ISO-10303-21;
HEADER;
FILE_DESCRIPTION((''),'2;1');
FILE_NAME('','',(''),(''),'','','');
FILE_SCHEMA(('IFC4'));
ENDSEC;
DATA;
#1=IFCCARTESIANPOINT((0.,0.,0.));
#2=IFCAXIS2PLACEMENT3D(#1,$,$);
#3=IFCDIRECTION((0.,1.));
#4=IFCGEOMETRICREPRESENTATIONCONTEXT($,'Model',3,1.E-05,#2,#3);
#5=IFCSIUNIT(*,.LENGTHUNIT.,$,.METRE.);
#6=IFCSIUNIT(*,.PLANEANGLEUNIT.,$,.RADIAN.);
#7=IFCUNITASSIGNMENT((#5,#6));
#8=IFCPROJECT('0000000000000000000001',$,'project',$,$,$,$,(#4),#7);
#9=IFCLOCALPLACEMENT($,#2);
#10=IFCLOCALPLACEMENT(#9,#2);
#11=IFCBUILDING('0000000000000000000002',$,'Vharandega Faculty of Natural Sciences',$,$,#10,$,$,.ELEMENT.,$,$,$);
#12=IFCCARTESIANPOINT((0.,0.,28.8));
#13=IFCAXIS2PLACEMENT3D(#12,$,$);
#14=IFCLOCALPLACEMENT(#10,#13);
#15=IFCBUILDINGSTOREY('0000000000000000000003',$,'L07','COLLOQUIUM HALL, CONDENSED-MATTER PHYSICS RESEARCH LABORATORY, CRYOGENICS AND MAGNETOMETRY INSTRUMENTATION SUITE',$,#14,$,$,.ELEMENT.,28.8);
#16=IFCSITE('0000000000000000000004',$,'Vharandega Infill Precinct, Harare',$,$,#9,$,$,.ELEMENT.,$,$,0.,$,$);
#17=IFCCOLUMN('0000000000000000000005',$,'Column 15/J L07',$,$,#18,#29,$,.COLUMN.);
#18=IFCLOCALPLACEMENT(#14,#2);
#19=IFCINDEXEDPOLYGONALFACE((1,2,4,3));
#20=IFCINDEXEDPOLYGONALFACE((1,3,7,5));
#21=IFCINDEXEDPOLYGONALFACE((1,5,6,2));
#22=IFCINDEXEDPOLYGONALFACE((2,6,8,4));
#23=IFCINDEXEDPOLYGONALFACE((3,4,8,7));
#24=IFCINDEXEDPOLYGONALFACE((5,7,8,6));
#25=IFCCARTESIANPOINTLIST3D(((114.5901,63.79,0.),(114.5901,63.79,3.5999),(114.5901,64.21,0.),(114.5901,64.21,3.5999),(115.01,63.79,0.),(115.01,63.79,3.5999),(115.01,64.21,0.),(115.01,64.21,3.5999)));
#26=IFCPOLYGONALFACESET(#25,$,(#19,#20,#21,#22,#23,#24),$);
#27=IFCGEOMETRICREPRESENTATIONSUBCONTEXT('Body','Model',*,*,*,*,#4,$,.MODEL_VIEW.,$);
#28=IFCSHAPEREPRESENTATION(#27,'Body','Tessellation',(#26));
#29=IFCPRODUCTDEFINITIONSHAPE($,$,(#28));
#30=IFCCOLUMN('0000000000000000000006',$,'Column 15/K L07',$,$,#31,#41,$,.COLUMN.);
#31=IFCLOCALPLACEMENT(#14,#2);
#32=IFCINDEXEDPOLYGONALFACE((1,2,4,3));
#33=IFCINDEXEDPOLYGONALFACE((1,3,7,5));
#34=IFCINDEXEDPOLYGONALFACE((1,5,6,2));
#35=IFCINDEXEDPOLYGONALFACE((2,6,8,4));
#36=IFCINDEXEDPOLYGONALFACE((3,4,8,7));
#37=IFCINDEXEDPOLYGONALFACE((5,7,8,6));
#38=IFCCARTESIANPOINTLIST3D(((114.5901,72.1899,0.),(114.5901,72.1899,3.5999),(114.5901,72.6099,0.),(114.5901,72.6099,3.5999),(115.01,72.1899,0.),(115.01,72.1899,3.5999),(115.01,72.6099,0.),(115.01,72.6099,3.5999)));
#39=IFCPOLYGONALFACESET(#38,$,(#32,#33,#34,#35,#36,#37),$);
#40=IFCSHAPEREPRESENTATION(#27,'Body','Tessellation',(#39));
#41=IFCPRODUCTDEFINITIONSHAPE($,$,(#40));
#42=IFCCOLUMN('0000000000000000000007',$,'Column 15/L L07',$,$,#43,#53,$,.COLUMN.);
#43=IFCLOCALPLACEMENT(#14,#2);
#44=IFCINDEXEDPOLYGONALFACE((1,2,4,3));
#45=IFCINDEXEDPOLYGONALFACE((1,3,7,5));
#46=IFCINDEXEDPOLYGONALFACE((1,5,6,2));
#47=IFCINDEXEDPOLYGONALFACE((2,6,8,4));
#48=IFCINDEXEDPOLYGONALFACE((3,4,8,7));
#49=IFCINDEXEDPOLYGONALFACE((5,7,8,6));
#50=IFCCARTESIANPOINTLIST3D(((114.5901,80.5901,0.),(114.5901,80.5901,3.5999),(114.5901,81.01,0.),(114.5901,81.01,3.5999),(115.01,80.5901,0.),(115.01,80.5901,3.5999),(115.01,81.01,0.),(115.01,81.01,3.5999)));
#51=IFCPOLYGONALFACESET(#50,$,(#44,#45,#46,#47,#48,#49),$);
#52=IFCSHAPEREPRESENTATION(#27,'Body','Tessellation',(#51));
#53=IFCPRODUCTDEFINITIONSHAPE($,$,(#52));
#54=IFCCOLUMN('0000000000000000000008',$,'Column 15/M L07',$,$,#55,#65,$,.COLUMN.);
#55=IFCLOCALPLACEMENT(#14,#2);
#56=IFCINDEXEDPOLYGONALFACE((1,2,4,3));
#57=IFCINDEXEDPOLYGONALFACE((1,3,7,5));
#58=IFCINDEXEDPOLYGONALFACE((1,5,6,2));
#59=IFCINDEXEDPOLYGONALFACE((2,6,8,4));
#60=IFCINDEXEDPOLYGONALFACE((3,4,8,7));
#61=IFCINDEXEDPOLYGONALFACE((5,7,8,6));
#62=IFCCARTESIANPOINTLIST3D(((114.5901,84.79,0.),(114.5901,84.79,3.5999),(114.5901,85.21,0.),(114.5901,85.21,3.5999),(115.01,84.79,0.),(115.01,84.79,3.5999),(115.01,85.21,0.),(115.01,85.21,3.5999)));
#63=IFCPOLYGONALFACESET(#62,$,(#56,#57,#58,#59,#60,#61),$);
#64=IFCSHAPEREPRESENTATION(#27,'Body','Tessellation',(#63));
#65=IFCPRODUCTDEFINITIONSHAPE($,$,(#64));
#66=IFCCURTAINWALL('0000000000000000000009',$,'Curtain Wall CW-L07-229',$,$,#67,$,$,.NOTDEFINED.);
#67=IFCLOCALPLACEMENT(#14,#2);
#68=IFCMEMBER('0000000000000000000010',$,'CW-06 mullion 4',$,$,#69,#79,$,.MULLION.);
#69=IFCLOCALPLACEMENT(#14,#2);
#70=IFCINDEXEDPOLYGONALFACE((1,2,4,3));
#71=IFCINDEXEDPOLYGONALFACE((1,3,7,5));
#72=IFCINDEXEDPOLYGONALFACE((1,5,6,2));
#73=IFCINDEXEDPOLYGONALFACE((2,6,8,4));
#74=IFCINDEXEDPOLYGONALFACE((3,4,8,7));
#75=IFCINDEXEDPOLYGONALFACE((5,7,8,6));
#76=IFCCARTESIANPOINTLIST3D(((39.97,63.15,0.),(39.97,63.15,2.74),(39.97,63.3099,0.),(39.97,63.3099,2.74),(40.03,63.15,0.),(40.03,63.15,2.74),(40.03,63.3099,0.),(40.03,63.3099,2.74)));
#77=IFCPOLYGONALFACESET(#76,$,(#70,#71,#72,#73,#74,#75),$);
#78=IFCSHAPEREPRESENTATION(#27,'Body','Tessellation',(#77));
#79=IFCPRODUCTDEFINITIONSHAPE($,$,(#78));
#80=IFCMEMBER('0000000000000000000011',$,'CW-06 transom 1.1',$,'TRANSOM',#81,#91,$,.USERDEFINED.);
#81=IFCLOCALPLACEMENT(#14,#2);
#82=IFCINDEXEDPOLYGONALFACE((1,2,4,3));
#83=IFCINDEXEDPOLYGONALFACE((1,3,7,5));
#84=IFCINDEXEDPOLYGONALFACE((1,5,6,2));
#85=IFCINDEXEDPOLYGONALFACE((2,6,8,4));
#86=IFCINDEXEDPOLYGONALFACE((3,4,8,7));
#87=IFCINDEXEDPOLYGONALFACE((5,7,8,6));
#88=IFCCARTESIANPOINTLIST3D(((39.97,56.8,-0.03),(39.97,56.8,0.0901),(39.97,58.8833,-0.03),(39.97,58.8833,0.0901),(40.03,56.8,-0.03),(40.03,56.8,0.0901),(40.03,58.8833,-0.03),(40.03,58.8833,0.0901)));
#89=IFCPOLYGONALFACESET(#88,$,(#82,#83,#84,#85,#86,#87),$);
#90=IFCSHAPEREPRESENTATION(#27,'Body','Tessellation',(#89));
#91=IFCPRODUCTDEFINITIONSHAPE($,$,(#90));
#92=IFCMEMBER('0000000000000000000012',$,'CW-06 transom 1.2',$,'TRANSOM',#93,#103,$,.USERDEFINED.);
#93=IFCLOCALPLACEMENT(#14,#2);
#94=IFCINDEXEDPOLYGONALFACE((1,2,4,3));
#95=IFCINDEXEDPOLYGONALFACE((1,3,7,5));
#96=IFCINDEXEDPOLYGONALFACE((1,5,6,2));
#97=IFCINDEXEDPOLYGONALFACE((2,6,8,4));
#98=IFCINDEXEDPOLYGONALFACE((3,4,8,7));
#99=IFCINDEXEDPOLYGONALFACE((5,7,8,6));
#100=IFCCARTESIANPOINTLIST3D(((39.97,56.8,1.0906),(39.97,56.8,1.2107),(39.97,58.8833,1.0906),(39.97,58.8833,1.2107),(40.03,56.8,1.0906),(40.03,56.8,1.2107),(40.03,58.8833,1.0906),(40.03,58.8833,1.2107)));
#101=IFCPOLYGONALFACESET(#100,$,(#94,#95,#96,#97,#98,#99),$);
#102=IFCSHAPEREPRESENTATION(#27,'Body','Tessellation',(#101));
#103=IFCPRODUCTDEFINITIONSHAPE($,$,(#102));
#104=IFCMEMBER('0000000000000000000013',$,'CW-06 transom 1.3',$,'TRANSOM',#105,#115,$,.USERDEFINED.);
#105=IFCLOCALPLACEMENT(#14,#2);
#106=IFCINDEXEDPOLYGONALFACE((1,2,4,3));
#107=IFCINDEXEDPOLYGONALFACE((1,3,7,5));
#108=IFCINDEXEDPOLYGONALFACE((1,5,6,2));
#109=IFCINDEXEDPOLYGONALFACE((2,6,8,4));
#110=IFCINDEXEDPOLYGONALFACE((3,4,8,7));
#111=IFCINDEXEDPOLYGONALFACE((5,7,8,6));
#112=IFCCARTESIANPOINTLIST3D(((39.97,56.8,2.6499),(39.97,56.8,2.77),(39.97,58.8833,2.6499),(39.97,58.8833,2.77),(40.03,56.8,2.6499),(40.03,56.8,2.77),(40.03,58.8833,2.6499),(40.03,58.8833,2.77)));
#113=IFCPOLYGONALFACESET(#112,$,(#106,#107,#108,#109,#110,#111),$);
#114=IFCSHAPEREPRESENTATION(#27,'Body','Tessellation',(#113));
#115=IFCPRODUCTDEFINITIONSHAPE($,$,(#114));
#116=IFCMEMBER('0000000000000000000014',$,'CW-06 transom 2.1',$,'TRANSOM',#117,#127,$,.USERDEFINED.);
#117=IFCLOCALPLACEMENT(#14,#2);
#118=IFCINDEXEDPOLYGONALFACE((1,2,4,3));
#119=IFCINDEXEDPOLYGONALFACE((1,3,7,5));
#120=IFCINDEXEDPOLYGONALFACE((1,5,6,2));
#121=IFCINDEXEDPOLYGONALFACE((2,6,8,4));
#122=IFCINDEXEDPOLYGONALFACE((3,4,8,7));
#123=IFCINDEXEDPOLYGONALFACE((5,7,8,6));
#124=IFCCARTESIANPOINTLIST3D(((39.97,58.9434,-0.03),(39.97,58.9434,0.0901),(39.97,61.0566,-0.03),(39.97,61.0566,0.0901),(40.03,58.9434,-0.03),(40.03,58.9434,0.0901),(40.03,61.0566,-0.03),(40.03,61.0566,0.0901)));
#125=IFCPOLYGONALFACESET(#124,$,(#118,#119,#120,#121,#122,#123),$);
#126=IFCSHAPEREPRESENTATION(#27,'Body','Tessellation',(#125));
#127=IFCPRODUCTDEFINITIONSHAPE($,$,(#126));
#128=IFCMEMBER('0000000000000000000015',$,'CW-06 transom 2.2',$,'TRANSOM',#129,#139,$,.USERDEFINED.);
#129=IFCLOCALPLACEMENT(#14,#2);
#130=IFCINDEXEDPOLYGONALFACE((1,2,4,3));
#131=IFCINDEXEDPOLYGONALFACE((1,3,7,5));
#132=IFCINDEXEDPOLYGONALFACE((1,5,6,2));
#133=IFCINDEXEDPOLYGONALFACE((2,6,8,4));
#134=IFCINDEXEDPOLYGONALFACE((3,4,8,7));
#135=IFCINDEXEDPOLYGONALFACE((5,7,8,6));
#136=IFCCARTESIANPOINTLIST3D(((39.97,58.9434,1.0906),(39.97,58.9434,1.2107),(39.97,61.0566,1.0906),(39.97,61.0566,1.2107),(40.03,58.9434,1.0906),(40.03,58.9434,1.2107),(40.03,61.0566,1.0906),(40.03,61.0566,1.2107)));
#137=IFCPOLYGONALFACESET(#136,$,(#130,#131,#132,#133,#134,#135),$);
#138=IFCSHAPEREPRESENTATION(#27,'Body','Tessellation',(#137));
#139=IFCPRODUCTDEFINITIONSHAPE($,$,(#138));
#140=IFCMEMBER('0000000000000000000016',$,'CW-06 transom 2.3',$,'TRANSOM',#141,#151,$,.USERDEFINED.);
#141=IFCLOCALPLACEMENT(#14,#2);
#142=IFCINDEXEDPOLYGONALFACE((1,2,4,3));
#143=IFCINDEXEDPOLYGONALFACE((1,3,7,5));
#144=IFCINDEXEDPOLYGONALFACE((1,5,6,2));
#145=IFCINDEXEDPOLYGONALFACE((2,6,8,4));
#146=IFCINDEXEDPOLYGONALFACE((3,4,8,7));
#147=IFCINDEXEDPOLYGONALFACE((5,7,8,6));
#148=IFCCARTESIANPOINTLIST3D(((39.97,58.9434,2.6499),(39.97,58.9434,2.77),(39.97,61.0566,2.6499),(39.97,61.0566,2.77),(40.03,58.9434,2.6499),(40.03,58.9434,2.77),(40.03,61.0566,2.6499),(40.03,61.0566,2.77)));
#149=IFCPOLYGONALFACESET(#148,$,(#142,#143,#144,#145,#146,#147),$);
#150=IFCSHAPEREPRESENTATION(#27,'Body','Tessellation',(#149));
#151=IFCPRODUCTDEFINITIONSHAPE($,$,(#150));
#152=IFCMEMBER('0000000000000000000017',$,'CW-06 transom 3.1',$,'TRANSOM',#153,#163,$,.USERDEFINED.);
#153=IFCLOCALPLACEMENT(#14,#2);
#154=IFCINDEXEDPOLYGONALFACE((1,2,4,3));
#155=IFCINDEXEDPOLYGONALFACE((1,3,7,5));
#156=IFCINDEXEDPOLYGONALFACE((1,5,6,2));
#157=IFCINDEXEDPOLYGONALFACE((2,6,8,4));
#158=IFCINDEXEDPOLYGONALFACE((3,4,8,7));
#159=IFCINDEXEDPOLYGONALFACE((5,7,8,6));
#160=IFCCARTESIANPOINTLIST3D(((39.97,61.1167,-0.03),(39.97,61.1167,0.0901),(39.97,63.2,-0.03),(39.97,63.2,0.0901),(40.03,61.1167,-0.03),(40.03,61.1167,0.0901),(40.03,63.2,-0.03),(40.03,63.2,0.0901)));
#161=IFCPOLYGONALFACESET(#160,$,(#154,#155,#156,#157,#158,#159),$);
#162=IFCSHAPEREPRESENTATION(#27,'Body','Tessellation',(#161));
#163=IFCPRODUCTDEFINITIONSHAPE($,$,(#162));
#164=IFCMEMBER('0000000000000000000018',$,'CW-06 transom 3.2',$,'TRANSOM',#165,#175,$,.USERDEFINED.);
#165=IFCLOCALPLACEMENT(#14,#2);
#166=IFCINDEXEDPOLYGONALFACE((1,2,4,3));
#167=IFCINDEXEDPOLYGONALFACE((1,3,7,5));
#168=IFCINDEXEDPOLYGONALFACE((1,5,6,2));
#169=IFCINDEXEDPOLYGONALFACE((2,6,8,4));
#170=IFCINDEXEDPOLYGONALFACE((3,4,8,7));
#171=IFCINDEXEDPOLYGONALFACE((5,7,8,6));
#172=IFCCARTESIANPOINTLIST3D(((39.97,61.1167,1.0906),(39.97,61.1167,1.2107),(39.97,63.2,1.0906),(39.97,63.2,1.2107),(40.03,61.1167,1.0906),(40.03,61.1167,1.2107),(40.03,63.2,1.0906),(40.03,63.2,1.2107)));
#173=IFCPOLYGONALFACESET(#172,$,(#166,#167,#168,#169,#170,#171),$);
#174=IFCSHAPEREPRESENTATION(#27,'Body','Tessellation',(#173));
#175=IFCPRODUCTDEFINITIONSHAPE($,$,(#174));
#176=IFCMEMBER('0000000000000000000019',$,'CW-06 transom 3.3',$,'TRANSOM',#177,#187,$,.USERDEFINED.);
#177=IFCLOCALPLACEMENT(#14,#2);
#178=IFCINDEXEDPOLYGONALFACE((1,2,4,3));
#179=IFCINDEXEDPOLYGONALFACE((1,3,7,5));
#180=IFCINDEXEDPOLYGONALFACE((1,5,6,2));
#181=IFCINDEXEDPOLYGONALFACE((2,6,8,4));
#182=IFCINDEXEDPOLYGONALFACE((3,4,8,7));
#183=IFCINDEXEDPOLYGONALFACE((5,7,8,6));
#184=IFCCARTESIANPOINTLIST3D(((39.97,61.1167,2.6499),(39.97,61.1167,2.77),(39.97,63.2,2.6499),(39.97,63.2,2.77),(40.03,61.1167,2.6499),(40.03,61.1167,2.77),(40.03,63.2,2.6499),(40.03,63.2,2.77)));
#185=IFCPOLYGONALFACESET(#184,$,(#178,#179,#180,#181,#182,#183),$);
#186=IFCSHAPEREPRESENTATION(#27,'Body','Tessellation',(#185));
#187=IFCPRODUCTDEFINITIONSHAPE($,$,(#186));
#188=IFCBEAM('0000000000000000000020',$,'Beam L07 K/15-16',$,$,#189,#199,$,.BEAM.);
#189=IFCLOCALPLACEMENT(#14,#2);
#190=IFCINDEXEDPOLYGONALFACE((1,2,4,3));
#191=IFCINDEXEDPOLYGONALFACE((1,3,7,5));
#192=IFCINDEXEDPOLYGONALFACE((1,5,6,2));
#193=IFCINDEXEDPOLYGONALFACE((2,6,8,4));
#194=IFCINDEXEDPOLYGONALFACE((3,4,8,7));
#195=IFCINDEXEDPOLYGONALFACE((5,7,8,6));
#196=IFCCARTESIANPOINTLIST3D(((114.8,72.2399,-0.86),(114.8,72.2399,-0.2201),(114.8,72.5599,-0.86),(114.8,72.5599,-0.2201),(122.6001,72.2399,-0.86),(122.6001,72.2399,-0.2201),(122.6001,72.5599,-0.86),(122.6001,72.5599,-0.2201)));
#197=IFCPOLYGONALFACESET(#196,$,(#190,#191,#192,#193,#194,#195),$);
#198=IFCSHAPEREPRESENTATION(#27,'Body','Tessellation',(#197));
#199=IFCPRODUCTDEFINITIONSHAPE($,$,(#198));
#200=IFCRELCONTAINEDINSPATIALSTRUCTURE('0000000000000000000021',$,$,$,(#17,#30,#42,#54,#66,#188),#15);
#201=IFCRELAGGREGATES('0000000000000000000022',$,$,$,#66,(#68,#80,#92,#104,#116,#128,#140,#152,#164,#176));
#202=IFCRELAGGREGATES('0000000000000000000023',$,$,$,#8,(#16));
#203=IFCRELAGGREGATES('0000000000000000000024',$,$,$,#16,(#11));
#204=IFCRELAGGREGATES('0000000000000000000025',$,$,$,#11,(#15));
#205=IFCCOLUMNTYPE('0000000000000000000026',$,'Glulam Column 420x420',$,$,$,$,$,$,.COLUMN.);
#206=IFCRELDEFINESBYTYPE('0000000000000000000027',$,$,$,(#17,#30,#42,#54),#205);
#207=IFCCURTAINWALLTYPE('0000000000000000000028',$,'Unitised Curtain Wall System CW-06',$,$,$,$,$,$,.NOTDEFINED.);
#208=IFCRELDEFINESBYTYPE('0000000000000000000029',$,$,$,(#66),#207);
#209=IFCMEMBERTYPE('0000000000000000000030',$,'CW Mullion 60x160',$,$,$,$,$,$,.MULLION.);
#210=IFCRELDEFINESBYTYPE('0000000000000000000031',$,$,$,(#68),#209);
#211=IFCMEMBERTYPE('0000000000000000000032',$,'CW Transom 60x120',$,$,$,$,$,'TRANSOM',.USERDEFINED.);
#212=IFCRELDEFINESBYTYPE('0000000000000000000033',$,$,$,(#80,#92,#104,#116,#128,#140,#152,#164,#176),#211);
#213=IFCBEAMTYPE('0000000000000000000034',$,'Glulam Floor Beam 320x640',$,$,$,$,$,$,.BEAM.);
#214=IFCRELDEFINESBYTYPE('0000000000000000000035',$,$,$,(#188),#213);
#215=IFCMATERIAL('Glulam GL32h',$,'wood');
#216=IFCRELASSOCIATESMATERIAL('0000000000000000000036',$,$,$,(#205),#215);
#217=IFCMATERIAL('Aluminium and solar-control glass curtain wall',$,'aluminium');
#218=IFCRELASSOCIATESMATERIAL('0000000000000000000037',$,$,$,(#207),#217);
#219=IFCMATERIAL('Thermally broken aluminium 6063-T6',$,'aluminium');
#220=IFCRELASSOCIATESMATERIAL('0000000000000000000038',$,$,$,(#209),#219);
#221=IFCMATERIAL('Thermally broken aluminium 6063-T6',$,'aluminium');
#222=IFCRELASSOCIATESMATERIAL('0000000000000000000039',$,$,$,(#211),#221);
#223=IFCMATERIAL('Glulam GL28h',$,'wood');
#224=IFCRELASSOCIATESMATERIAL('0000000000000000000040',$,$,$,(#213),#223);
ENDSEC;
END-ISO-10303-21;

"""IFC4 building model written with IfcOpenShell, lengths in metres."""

from ifc_helpers import new_model, si_unit, direction, frame, origin, origin_2d, place, context, subcontext, project, spatial, rectangle, extrude, material, material_profile, profile_set, type_object, element, aggregate, save


model = new_model("IFC4")

# Units and contexts
model_context = context("Model", 3, precision=1e-05, world=origin(), true_north=direction((0.0, 1.0)))
body_context = subcontext(model_context, "Body", "Model", "MODEL_VIEW")
ifc_project = project(units=[si_unit("LENGTHUNIT", "METRE"), si_unit("PLANEANGLEUNIT", "RADIAN")], contexts=[model_context])

# Site, building, storey
site_placement = place(None, origin())
site = spatial("IfcSite", under=ifc_project, at=site_placement, Name="Vharandega Infill Precinct, Harare", CompositionType="ELEMENT", RefElevation=0.0)
building_placement = place(site_placement, origin())
building = spatial("IfcBuilding", under=site, at=building_placement, Name="Vharandega Faculty of Natural Sciences", CompositionType="ELEMENT")
storey_placement = place(building_placement, frame((0.0, 0.0, 28.8)))
storey = spatial("IfcBuildingStorey", under=building, at=storey_placement, Name="L07", Description="COLLOQUIUM HALL, CONDENSED-MATTER PHYSICS RESEARCH LABORATORY, CRYOGENICS AND MAGNETOMETRY INSTRUMENTATION SUITE", CompositionType="ELEMENT", Elevation=28.8)

# Columns
ifc_material_1 = material(Name="Glulam GL32h", Category="wood")
ifc_material_profile_1 = material_profile(ifc_material_1, rectangle(XDim=0.4199, YDim=0.4199, at=origin_2d()), Name="GL32h 420x420")
ifc_profile_set_1 = profile_set([ifc_material_profile_1], Name="Glulam GL32h")
column_type = type_object("IfcColumnType", Name="Glulam Column 420x420", PredefinedType="COLUMN", material=ifc_profile_set_1)
for number, where, z_axis, x_axis, name in (
    (1, (114.8, 64.0, 0.0), (0.0, 0.0, 1.0), (1.0, 0.0, 0.0), "Column 15/J L07"),
    (2, (114.8, 72.3999, 0.0), (0.0, 0.0, 1.0), (1.0, 0.0, 0.0), "Column 15/K L07"),
    (3, (114.8, 80.8, 0.0), (0.0, 0.0, 1.0), (1.0, 0.0, 0.0), "Column 15/L L07"),
    (4, (114.8, 85.0, 0.0), (0.0, 0.0, 1.0), (1.0, 0.0, 0.0), "Column 15/M L07"),
):
    element("IfcColumn", number, at=place(storey_placement, frame(where, z_axis=z_axis, x_axis=x_axis)), inside=storey, type_object=column_type, Name=name, PredefinedType="COLUMN", context=body_context, shape_type="SweptSolid", body=[
        extrude(rectangle(XDim=0.4199, YDim=0.4199, at=origin_2d()), origin(), (0.0, 0.0, 1.0), 3.5999),
    ])

# Curtain wall, members
ifc_material_2 = material(Name="Aluminium and solar-control glass curtain wall", Category="aluminium")
curtain_wall_type = type_object("IfcCurtainWallType", Name="Unitised Curtain Wall System CW-06", PredefinedType="NOTDEFINED", material=ifc_material_2)
curtain_wall_placement = place(storey_placement, origin())
curtain_wall = element("IfcCurtainWall", 5, at=curtain_wall_placement, inside=storey, type_object=curtain_wall_type, Name="Curtain Wall CW-L07-229", PredefinedType="NOTDEFINED")
ifc_material_3 = material(Name="Thermally broken aluminium 6063-T6", Category="aluminium")
ifc_material_profile_2 = material_profile(ifc_material_3, rectangle(XDim=0.0601, YDim=0.1599, at=origin_2d()), Name="ALU 60x160")
ifc_profile_set_2 = profile_set([ifc_material_profile_2], Name="Thermally broken aluminium 6063-T6")
member_type_1 = type_object("IfcMemberType", Name="CW Mullion 60x160", PredefinedType="MULLION", material=ifc_profile_set_2)
member_1_placement = place(storey_placement, frame((40.0, 63.23, 0.0), z_axis=(0.0, 0.0, 1.0), x_axis=(-1.0, 0.0, 0.0)))
member_1 = element("IfcMember", 6, at=member_1_placement, type_object=member_type_1, Name="CW-06 mullion 4", PredefinedType="MULLION", context=body_context, shape_type="SweptSolid", body=[
    extrude(rectangle(XDim=0.0601, YDim=0.1599, at=origin_2d()), origin(), (0.0, 0.0, 1.0), 2.74),
])
ifc_material_4 = material(Name="Thermally broken aluminium 6063-T6", Category="aluminium")
ifc_material_profile_3 = material_profile(ifc_material_4, rectangle(XDim=0.0601, YDim=0.1201, at=origin_2d()), Name="ALU 60x120")
ifc_profile_set_3 = profile_set([ifc_material_profile_3], Name="Thermally broken aluminium 6063-T6")
member_type_2 = type_object("IfcMemberType", Name="CW Transom 60x120", ElementType="TRANSOM", PredefinedType="USERDEFINED", material=ifc_profile_set_3)
member_2_placement = place(storey_placement, frame((40.0, 56.8, 0.03), z_axis=(0.0, 1.0, 0.0), x_axis=(-1.0, 0.0, 0.0)))
member_2 = element("IfcMember", 7, at=member_2_placement, type_object=member_type_2, Name="CW-06 transom 1.1", ObjectType="TRANSOM", PredefinedType="USERDEFINED", context=body_context, shape_type="SweptSolid", body=[
    extrude(rectangle(XDim=0.0601, YDim=0.1201, at=origin_2d()), origin(), (0.0, 0.0, 1.0), 2.0833),
])
member_3_placement = place(storey_placement, frame((40.0, 56.8, 1.1506), z_axis=(0.0, 1.0, 0.0), x_axis=(-1.0, 0.0, 0.0)))
member_3 = element("IfcMember", 8, at=member_3_placement, type_object=member_type_2, Name="CW-06 transom 1.2", ObjectType="TRANSOM", PredefinedType="USERDEFINED", context=body_context, shape_type="SweptSolid", body=[
    extrude(rectangle(XDim=0.0601, YDim=0.1201, at=origin_2d()), origin(), (0.0, 0.0, 1.0), 2.0833),
])
member_4_placement = place(storey_placement, frame((40.0, 56.8, 2.71), z_axis=(0.0, 1.0, 0.0), x_axis=(-1.0, 0.0, 0.0)))
member_4 = element("IfcMember", 9, at=member_4_placement, type_object=member_type_2, Name="CW-06 transom 1.3", ObjectType="TRANSOM", PredefinedType="USERDEFINED", context=body_context, shape_type="SweptSolid", body=[
    extrude(rectangle(XDim=0.0601, YDim=0.1201, at=origin_2d()), origin(), (0.0, 0.0, 1.0), 2.0833),
])
member_5_placement = place(storey_placement, frame((40.0, 58.9434, 0.03), z_axis=(0.0, 1.0, 0.0), x_axis=(-1.0, 0.0, 0.0)))
member_5 = element("IfcMember", 10, at=member_5_placement, type_object=member_type_2, Name="CW-06 transom 2.1", ObjectType="TRANSOM", PredefinedType="USERDEFINED", context=body_context, shape_type="SweptSolid", body=[
    extrude(rectangle(XDim=0.0601, YDim=0.1201, at=origin_2d()), origin(), (0.0, 0.0, 1.0), 2.1133),
])
member_6_placement = place(storey_placement, frame((40.0, 58.9434, 1.1506), z_axis=(0.0, 1.0, 0.0), x_axis=(-1.0, 0.0, 0.0)))
member_6 = element("IfcMember", 11, at=member_6_placement, type_object=member_type_2, Name="CW-06 transom 2.2", ObjectType="TRANSOM", PredefinedType="USERDEFINED", context=body_context, shape_type="SweptSolid", body=[
    extrude(rectangle(XDim=0.0601, YDim=0.1201, at=origin_2d()), origin(), (0.0, 0.0, 1.0), 2.1133),
])
member_7_placement = place(storey_placement, frame((40.0, 58.9434, 2.71), z_axis=(0.0, 1.0, 0.0), x_axis=(-1.0, 0.0, 0.0)))
member_7 = element("IfcMember", 12, at=member_7_placement, type_object=member_type_2, Name="CW-06 transom 2.3", ObjectType="TRANSOM", PredefinedType="USERDEFINED", context=body_context, shape_type="SweptSolid", body=[
    extrude(rectangle(XDim=0.0601, YDim=0.1201, at=origin_2d()), origin(), (0.0, 0.0, 1.0), 2.1133),
])
member_8_placement = place(storey_placement, frame((40.0, 61.1167, 0.03), z_axis=(0.0, 1.0, 0.0), x_axis=(-1.0, 0.0, 0.0)))
member_8 = element("IfcMember", 13, at=member_8_placement, type_object=member_type_2, Name="CW-06 transom 3.1", ObjectType="TRANSOM", PredefinedType="USERDEFINED", context=body_context, shape_type="SweptSolid", body=[
    extrude(rectangle(XDim=0.0601, YDim=0.1201, at=origin_2d()), origin(), (0.0, 0.0, 1.0), 2.0833),
])
member_9_placement = place(storey_placement, frame((40.0, 61.1167, 1.1506), z_axis=(0.0, 1.0, 0.0), x_axis=(-1.0, 0.0, 0.0)))
member_9 = element("IfcMember", 14, at=member_9_placement, type_object=member_type_2, Name="CW-06 transom 3.2", ObjectType="TRANSOM", PredefinedType="USERDEFINED", context=body_context, shape_type="SweptSolid", body=[
    extrude(rectangle(XDim=0.0601, YDim=0.1201, at=origin_2d()), origin(), (0.0, 0.0, 1.0), 2.0833),
])
member_10_placement = place(storey_placement, frame((40.0, 61.1167, 2.71), z_axis=(0.0, 1.0, 0.0), x_axis=(-1.0, 0.0, 0.0)))
member_10 = element("IfcMember", 15, at=member_10_placement, type_object=member_type_2, Name="CW-06 transom 3.3", ObjectType="TRANSOM", PredefinedType="USERDEFINED", context=body_context, shape_type="SweptSolid", body=[
    extrude(rectangle(XDim=0.0601, YDim=0.1201, at=origin_2d()), origin(), (0.0, 0.0, 1.0), 2.0833),
])

# Beam
ifc_material_5 = material(Name="Glulam GL28h", Category="wood")
ifc_material_profile_4 = material_profile(ifc_material_5, rectangle(XDim=0.3201, YDim=0.6399, at=origin_2d()), Name="GL28h 320x640")
ifc_profile_set_4 = profile_set([ifc_material_profile_4], Name="Glulam GL28h")
beam_type_1 = type_object("IfcBeamType", Name="Glulam Floor Beam 320x640", PredefinedType="BEAM", material=ifc_profile_set_4)
for number, where, z_axis, x_axis, name in (
    (16, (114.8, 72.3999, -0.54), (1.0, 0.0, 0.0), (0.0, 1.0, 0.0), "Beam L07 K/15-16"),
):
    element("IfcBeam", number, at=place(storey_placement, frame(where, z_axis=z_axis, x_axis=x_axis)), inside=storey, type_object=beam_type_1, Name=name, PredefinedType="BEAM", context=body_context, shape_type="SweptSolid", body=[
        extrude(rectangle(XDim=0.3201, YDim=0.6399, at=origin_2d()), origin(), (0.0, 0.0, 1.0), 7.8),
    ])

aggregate(curtain_wall, [member_1, member_2, member_3, member_4, member_5, member_6, member_7, member_8, member_9, member_10])

save(model, "model.ifc")
